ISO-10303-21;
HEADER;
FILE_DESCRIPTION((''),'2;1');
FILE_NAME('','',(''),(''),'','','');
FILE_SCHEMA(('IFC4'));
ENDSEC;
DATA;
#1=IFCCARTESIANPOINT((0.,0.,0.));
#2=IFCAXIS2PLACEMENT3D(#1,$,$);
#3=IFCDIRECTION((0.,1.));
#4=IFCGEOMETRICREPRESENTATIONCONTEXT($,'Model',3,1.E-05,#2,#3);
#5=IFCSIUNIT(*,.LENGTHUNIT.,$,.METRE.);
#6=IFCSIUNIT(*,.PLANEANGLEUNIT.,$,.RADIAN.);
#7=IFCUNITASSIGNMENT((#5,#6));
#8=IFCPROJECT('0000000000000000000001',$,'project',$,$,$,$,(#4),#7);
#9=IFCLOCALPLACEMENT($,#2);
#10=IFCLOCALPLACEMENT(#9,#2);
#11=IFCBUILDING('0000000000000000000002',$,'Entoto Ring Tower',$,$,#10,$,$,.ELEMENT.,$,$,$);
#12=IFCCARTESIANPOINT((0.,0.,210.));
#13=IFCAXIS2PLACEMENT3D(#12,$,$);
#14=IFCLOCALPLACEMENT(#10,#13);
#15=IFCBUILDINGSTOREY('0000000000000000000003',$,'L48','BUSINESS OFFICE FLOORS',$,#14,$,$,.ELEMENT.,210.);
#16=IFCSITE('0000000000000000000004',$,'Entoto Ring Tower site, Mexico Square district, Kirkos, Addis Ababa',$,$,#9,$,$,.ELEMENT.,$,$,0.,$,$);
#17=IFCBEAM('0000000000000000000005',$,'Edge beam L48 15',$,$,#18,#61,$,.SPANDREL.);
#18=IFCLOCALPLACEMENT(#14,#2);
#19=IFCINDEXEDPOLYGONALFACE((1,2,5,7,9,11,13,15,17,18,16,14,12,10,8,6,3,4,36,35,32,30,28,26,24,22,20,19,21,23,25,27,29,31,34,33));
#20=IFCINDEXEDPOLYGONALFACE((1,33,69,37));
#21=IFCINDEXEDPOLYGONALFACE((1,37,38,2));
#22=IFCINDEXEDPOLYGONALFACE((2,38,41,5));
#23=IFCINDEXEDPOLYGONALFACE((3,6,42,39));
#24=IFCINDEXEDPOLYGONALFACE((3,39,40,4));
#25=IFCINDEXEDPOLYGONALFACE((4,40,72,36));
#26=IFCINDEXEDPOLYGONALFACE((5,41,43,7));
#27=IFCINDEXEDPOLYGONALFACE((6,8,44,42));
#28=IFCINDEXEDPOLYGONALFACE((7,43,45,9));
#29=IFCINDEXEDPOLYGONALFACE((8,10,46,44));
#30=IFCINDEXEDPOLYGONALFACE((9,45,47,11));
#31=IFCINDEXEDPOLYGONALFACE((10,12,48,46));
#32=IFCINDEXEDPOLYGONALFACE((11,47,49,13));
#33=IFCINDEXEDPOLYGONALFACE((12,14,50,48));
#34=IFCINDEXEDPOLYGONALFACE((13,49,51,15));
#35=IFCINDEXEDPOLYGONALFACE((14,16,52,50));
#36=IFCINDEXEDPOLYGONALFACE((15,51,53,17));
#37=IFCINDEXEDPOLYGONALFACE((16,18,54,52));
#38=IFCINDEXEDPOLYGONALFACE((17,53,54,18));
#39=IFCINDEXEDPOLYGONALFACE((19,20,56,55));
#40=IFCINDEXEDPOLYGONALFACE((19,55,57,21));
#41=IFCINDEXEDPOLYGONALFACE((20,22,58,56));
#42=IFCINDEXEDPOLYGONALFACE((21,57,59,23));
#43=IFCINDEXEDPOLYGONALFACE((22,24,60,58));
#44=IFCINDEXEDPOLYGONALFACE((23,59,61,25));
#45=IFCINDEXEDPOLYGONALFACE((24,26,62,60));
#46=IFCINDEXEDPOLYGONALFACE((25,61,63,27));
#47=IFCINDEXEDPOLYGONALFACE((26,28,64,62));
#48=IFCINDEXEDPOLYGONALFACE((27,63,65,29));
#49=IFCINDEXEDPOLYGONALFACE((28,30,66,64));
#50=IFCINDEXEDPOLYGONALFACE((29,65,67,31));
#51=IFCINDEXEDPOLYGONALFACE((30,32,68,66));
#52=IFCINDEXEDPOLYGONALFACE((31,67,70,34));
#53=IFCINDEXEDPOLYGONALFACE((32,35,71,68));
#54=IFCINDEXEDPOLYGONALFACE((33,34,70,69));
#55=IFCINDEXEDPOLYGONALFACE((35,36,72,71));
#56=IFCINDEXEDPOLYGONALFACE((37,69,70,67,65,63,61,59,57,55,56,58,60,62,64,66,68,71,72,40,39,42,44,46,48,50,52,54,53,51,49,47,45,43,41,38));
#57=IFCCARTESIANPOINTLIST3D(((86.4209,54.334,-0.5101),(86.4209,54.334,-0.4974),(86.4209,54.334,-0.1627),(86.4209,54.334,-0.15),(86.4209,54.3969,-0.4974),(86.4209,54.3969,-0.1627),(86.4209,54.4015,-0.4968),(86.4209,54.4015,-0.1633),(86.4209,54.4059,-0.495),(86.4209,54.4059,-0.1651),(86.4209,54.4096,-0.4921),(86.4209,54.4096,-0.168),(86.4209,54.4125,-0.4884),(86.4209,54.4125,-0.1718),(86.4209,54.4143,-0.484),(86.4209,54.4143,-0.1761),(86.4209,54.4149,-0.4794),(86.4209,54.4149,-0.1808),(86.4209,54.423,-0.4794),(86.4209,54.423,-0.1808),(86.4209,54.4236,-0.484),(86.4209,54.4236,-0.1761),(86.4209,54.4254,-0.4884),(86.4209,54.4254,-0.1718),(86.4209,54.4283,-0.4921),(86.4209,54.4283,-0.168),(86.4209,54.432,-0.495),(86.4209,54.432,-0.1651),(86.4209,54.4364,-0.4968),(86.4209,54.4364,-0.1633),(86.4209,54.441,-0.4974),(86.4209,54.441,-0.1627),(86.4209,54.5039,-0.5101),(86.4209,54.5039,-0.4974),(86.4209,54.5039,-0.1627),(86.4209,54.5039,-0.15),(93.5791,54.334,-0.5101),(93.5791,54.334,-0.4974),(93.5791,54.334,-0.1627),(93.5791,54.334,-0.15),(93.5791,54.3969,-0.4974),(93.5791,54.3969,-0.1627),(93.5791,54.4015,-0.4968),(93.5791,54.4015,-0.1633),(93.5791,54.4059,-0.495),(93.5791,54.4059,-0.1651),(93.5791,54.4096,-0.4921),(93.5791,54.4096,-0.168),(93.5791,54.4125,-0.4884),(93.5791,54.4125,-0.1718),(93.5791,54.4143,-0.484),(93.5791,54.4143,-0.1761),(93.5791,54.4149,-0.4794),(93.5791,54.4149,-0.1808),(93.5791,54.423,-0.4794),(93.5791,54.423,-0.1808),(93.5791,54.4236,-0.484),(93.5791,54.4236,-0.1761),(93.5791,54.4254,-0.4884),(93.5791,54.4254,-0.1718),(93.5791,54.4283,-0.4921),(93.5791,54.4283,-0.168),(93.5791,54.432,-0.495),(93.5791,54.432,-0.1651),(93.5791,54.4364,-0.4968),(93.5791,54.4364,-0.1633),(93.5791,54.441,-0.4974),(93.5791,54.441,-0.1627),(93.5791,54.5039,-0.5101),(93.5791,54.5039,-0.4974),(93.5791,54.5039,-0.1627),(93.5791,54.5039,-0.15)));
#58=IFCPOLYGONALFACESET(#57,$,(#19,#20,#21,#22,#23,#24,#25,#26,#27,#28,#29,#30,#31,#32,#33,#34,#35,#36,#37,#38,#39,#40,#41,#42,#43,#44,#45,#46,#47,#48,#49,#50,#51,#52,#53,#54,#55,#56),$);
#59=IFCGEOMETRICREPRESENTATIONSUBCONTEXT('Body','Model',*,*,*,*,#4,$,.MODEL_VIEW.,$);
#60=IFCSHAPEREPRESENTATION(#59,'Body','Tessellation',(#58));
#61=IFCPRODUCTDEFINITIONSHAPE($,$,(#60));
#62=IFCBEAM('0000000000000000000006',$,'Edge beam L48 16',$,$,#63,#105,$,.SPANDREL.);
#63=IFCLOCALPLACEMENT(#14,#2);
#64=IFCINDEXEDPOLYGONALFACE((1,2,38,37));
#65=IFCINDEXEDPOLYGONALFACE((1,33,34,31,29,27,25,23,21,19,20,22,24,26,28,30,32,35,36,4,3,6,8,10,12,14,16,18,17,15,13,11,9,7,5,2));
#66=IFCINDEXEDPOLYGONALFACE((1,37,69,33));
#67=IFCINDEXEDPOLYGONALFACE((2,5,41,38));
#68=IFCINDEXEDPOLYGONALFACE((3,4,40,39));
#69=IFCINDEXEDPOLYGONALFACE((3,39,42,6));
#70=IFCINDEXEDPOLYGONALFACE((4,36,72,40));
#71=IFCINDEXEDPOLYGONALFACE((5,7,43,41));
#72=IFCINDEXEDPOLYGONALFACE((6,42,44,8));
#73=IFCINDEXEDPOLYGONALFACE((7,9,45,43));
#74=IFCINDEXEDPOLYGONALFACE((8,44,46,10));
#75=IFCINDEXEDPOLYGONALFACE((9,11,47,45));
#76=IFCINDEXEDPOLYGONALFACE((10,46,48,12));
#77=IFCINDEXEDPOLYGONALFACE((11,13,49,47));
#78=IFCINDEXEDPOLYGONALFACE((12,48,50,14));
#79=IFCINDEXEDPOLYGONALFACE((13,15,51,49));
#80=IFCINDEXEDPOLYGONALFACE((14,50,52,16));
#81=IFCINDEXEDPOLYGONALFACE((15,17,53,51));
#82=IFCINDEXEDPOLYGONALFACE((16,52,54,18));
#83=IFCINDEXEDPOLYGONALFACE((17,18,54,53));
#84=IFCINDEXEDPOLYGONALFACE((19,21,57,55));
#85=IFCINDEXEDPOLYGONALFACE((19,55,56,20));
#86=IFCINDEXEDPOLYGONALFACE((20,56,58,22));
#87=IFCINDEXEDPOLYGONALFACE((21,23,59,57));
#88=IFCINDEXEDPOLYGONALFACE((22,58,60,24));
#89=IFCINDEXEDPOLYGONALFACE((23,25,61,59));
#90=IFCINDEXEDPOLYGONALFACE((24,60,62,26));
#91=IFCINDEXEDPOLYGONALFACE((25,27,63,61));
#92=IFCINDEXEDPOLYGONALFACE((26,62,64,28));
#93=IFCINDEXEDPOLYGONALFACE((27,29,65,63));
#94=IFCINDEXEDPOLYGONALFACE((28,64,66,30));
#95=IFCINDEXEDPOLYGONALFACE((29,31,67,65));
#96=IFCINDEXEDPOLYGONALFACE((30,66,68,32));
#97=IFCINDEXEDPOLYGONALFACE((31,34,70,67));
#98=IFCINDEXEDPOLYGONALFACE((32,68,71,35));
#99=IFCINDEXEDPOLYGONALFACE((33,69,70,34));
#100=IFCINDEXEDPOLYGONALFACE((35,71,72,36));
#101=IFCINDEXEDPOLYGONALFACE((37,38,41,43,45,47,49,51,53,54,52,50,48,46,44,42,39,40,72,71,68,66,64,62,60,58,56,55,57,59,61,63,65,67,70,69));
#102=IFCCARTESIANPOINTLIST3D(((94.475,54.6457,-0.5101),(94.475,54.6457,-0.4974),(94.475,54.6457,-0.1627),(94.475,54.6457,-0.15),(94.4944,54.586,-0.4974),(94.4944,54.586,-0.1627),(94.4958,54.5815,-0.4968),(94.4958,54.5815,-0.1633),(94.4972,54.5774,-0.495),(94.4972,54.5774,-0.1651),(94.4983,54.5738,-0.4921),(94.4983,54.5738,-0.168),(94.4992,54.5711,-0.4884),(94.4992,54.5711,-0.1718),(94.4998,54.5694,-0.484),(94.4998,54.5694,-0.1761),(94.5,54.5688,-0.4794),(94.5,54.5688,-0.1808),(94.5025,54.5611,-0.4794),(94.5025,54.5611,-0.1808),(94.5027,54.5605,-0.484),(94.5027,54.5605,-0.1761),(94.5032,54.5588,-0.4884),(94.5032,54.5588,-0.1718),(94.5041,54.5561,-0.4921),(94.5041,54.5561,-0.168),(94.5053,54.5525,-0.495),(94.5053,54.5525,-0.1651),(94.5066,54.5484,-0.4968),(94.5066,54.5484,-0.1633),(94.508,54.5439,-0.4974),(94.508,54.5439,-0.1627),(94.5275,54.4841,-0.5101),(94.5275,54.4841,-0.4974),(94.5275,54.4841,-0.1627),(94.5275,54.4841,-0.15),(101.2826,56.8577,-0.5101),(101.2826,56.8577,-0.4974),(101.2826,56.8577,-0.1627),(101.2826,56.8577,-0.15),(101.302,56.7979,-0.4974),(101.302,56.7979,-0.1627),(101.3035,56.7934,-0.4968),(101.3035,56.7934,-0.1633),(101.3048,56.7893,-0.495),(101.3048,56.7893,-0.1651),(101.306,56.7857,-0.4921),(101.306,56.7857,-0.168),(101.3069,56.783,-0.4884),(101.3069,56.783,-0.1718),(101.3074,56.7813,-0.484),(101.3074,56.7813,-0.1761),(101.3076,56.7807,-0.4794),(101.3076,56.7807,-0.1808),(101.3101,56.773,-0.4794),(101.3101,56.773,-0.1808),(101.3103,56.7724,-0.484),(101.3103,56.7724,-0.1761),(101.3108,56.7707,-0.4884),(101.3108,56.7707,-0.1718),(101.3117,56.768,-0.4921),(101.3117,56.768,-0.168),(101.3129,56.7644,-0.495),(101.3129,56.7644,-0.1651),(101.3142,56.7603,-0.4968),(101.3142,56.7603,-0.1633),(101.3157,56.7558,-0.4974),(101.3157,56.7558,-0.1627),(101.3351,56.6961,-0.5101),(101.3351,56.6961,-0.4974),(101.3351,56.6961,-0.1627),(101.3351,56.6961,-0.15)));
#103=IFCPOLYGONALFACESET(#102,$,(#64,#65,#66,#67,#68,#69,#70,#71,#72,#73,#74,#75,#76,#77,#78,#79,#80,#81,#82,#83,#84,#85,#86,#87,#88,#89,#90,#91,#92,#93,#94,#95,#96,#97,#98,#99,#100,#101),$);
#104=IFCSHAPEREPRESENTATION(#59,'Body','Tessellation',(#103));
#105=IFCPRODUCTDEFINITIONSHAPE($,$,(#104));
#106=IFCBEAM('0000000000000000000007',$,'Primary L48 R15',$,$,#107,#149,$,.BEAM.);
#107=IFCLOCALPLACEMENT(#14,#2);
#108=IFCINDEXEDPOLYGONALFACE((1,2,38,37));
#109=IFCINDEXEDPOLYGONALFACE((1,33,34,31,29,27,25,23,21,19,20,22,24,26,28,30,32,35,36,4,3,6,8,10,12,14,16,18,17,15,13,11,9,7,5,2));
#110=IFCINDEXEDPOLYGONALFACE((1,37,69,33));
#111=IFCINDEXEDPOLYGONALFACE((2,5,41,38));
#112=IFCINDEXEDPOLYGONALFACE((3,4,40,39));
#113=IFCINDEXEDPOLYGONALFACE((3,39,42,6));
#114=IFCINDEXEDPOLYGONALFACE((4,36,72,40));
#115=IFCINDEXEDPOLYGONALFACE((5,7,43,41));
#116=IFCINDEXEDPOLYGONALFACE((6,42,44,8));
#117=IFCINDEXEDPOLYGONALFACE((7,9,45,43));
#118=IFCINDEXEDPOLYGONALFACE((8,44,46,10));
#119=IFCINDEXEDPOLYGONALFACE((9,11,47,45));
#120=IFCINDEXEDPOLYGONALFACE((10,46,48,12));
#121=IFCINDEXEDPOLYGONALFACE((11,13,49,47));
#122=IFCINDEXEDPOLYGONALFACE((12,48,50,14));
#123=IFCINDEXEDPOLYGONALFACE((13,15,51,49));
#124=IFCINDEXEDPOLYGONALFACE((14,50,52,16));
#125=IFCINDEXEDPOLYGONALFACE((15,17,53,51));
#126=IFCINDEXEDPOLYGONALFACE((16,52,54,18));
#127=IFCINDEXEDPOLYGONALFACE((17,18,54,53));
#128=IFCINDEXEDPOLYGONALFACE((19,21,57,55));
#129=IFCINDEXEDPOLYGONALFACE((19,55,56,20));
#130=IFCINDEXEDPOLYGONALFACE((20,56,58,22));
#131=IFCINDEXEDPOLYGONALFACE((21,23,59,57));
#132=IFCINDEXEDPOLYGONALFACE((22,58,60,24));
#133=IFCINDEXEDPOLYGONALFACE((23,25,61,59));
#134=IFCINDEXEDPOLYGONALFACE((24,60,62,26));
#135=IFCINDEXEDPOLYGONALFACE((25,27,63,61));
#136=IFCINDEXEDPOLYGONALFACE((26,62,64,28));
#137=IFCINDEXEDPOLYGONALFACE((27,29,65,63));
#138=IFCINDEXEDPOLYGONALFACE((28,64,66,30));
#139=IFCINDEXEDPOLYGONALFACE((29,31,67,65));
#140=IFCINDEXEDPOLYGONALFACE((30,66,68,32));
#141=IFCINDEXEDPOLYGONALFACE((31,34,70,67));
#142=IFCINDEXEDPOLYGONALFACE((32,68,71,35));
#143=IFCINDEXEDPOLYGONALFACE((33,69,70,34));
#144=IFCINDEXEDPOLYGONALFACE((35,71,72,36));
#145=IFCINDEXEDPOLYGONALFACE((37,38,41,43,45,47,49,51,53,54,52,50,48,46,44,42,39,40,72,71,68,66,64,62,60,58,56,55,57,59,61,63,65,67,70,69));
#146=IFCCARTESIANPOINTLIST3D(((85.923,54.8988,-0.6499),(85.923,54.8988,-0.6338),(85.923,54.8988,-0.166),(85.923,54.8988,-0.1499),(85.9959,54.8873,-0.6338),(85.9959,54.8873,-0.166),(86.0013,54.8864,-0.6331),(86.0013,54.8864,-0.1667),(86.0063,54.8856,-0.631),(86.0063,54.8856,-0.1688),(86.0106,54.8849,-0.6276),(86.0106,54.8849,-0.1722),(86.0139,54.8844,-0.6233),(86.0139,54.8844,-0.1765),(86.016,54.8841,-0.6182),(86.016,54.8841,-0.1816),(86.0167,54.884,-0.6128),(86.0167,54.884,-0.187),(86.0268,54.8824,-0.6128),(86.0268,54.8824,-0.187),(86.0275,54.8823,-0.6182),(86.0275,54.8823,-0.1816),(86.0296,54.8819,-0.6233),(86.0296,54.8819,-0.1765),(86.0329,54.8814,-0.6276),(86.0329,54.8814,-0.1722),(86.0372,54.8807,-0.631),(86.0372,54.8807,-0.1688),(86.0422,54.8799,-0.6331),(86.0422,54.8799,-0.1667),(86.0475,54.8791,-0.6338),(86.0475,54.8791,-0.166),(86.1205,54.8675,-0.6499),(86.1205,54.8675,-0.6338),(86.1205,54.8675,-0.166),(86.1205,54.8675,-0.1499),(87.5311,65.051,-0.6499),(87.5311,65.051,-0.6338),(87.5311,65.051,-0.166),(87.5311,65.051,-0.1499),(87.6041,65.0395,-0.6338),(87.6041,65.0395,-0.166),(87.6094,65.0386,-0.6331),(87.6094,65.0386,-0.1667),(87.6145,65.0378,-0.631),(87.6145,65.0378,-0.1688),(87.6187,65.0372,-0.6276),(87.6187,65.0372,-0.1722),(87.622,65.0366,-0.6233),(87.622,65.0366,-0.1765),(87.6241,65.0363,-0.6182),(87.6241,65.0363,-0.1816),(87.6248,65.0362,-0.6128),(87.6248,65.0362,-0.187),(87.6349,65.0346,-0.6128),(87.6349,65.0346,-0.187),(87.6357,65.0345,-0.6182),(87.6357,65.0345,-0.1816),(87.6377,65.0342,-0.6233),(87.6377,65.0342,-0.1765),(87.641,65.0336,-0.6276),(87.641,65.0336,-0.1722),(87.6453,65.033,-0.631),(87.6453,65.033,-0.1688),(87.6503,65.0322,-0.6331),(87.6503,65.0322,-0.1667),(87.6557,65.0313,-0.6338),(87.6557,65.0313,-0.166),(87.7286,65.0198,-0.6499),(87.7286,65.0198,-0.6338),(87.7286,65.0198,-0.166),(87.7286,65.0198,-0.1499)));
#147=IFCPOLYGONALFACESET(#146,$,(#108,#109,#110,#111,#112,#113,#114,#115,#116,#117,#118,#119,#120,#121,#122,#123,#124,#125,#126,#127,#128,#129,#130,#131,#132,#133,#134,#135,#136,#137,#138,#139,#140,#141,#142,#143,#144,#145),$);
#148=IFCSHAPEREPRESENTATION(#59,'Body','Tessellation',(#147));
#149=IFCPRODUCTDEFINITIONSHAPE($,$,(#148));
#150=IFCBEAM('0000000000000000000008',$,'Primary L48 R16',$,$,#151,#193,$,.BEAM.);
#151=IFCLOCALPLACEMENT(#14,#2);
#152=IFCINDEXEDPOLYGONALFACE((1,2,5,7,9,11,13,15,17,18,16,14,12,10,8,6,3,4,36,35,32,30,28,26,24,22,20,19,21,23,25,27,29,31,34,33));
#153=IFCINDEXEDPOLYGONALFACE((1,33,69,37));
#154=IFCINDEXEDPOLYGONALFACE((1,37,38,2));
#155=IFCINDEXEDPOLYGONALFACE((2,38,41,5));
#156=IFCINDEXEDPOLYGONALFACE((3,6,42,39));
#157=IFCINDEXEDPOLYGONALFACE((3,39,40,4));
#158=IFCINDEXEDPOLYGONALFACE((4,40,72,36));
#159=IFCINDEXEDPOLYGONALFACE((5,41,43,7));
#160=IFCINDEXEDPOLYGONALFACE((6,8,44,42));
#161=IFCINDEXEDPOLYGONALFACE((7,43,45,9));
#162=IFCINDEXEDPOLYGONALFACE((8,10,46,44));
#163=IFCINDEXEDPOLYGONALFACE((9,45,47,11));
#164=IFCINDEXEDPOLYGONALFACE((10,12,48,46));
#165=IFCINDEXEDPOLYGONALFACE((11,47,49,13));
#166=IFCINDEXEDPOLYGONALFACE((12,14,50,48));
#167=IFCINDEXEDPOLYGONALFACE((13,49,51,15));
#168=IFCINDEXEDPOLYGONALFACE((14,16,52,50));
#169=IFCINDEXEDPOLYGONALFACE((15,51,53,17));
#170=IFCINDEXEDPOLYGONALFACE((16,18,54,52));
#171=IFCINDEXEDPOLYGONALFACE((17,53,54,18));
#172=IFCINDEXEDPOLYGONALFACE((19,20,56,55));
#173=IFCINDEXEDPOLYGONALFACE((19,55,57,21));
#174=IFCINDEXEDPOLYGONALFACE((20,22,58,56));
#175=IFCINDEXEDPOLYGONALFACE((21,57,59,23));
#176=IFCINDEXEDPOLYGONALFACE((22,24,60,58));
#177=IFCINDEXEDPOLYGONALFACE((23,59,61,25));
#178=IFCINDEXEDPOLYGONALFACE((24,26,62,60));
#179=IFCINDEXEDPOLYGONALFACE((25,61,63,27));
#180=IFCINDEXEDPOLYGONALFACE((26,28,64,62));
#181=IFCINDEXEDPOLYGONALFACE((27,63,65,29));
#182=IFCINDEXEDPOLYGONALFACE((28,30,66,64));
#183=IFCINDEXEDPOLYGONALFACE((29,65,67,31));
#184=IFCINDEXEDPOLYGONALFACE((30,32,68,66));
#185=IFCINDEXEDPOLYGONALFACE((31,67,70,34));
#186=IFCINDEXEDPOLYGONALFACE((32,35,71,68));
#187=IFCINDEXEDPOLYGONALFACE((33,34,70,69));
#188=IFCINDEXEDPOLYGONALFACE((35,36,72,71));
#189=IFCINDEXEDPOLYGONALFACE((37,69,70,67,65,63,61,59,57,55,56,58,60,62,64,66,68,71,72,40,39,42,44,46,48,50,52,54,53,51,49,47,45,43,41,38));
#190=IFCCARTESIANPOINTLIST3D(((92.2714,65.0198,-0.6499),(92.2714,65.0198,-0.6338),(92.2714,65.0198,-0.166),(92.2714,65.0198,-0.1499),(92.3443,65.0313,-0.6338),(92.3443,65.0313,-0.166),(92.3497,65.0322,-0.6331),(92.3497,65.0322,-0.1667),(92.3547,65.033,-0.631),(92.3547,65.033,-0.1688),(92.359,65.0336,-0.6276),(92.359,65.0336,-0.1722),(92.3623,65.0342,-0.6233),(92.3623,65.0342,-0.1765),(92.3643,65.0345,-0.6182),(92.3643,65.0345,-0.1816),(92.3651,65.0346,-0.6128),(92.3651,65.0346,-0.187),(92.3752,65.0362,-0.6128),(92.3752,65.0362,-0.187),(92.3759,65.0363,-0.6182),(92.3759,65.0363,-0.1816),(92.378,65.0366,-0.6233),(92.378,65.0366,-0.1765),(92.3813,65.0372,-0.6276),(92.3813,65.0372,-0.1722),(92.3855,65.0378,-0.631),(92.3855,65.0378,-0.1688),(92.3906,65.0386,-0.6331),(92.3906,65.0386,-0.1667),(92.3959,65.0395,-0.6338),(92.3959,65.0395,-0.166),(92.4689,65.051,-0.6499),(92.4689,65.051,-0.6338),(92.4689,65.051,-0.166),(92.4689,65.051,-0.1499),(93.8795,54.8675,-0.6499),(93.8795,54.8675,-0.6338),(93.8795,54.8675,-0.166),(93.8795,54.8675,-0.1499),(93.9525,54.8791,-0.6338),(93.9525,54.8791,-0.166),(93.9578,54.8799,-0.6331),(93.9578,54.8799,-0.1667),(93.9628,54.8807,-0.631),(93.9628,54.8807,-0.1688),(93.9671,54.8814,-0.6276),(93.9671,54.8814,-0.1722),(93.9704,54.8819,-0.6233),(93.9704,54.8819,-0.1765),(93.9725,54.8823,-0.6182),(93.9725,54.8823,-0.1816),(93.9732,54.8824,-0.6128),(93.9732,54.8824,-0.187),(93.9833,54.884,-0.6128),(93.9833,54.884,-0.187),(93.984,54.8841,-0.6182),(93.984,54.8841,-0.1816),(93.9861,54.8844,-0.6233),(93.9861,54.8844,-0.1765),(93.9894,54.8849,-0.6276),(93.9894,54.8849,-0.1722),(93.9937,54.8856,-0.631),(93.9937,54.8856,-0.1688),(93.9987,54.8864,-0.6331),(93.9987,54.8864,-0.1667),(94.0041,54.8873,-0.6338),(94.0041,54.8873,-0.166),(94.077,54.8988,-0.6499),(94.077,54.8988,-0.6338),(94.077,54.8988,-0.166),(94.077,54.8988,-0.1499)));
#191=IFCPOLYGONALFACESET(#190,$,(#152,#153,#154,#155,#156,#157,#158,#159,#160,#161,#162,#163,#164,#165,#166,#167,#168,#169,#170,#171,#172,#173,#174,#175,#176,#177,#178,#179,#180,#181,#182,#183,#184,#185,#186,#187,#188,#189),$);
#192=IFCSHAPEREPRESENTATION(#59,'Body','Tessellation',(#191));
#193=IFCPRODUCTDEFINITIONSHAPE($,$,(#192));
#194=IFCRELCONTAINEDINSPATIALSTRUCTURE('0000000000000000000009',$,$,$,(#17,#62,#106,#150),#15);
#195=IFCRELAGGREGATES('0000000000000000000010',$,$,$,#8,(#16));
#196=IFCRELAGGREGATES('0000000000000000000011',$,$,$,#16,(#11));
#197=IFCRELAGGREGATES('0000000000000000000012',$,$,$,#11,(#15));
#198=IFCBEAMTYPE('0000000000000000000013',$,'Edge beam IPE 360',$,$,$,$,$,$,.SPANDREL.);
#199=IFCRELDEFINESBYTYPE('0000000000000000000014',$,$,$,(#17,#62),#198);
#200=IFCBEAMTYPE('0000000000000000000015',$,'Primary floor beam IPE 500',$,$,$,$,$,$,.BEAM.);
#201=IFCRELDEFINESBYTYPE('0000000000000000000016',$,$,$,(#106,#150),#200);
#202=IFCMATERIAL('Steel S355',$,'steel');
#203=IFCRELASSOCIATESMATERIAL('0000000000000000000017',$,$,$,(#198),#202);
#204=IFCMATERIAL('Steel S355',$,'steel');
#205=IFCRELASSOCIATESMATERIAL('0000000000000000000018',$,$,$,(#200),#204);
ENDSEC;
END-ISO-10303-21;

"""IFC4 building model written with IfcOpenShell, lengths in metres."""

from ifc_helpers import new_model, si_unit, direction, frame, origin, origin_2d, place, context, subcontext, project, spatial, i_section, extrude, material, material_profile, profile_set, type_object, element, save


model = new_model("IFC4")

# Units and contexts
model_context = context("Model", 3, precision=1e-05, world=origin(), true_north=direction((0.0, 1.0)))
body_context = subcontext(model_context, "Body", "Model", "MODEL_VIEW")
ifc_project = project(units=[si_unit("LENGTHUNIT", "METRE"), si_unit("PLANEANGLEUNIT", "RADIAN")], contexts=[model_context])

# Site, building, storey
site_placement = place(None, origin())
site = spatial("IfcSite", under=ifc_project, at=site_placement, Name="Entoto Ring Tower site, Mexico Square district, Kirkos, Addis Ababa", CompositionType="ELEMENT", RefElevation=0.0)
building_placement = place(site_placement, origin())
building = spatial("IfcBuilding", under=site, at=building_placement, Name="Entoto Ring Tower", CompositionType="ELEMENT")
storey_placement = place(building_placement, frame((0.0, 0.0, 210.0)))
storey = spatial("IfcBuildingStorey", under=building, at=storey_placement, Name="L48", Description="BUSINESS OFFICE FLOORS", CompositionType="ELEMENT", Elevation=210.0)

# Beams
ifc_material_1 = material(Name="Steel S355", Category="steel")
ifc_material_profile_1 = material_profile(ifc_material_1, i_section(OverallWidth=0.1699, OverallDepth=0.3601, WebThickness=0.0081, FlangeThickness=0.0127, FilletRadius=0.0181, at=origin_2d()), Name="IPE 360")
ifc_profile_set_1 = profile_set([ifc_material_profile_1], Name="Steel S355")
beam_type_1 = type_object("IfcBeamType", Name="Edge beam IPE 360", PredefinedType="SPANDREL", material=ifc_profile_set_1)
beam_1_placement = place(storey_placement, frame((86.4209, 54.4189, -0.3301), z_axis=(1.0, 0.0, 0.0), x_axis=(0.0, 1.0, 0.0)))
element("IfcBeam", 1, at=beam_1_placement, inside=storey, type_object=beam_type_1, Name="Edge beam L48 15", PredefinedType="SPANDREL", context=body_context, shape_type="SweptSolid", body=[
    extrude(i_section(OverallWidth=0.1699, OverallDepth=0.3601, WebThickness=0.0081, FlangeThickness=0.0127, FilletRadius=0.0181, at=origin_2d()), origin(), (0.0, 0.0, 1.0), 7.1582),
])
beam_2_placement = place(storey_placement, frame((94.5012, 54.5649, -0.3301), z_axis=(0.951057, 0.309015, 0.0), x_axis=(-0.309015, 0.951057, 0.0)))
element("IfcBeam", 2, at=beam_2_placement, inside=storey, type_object=beam_type_1, Name="Edge beam L48 16", PredefinedType="SPANDREL", context=body_context, shape_type="SweptSolid", body=[
    extrude(i_section(OverallWidth=0.1699, OverallDepth=0.3601, WebThickness=0.0081, FlangeThickness=0.0127, FilletRadius=0.0181, at=origin_2d()), origin(), (0.0, 0.0, 1.0), 7.158),
])
ifc_material_2 = material(Name="Steel S355", Category="steel")
ifc_material_profile_2 = material_profile(ifc_material_2, i_section(OverallWidth=0.2, OverallDepth=0.5, WebThickness=0.0103, FlangeThickness=0.0161, FilletRadius=0.021, at=origin_2d()), Name="IPE 500")
ifc_profile_set_2 = profile_set([ifc_material_profile_2], Name="Steel S355")
beam_type_2 = type_object("IfcBeamType", Name="Primary floor beam IPE 500", PredefinedType="BEAM", material=ifc_profile_set_2)
for number, where, z_axis, x_axis, name in (
    (3, (87.6299, 65.0354, -0.3999), (-0.156452, -0.987686, 0.0), (0.987686, -0.156452, 0.0), "Primary L48 R15"),
    (4, (92.3701, 65.0354, -0.3999), (0.156452, -0.987686, 0.0), (0.987686, 0.156452, 0.0), "Primary L48 R16"),
):
    element("IfcBeam", number, at=place(storey_placement, frame(where, z_axis=z_axis, x_axis=x_axis)), inside=storey, type_object=beam_type_2, Name=name, PredefinedType="BEAM", context=body_context, shape_type="SweptSolid", body=[
        extrude(i_section(OverallWidth=0.2, OverallDepth=0.5, WebThickness=0.0103, FlangeThickness=0.0161, FilletRadius=0.021, at=origin_2d()), origin(), (0.0, 0.0, 1.0), 10.2788),
    ])

save(model, "model.ifc")
